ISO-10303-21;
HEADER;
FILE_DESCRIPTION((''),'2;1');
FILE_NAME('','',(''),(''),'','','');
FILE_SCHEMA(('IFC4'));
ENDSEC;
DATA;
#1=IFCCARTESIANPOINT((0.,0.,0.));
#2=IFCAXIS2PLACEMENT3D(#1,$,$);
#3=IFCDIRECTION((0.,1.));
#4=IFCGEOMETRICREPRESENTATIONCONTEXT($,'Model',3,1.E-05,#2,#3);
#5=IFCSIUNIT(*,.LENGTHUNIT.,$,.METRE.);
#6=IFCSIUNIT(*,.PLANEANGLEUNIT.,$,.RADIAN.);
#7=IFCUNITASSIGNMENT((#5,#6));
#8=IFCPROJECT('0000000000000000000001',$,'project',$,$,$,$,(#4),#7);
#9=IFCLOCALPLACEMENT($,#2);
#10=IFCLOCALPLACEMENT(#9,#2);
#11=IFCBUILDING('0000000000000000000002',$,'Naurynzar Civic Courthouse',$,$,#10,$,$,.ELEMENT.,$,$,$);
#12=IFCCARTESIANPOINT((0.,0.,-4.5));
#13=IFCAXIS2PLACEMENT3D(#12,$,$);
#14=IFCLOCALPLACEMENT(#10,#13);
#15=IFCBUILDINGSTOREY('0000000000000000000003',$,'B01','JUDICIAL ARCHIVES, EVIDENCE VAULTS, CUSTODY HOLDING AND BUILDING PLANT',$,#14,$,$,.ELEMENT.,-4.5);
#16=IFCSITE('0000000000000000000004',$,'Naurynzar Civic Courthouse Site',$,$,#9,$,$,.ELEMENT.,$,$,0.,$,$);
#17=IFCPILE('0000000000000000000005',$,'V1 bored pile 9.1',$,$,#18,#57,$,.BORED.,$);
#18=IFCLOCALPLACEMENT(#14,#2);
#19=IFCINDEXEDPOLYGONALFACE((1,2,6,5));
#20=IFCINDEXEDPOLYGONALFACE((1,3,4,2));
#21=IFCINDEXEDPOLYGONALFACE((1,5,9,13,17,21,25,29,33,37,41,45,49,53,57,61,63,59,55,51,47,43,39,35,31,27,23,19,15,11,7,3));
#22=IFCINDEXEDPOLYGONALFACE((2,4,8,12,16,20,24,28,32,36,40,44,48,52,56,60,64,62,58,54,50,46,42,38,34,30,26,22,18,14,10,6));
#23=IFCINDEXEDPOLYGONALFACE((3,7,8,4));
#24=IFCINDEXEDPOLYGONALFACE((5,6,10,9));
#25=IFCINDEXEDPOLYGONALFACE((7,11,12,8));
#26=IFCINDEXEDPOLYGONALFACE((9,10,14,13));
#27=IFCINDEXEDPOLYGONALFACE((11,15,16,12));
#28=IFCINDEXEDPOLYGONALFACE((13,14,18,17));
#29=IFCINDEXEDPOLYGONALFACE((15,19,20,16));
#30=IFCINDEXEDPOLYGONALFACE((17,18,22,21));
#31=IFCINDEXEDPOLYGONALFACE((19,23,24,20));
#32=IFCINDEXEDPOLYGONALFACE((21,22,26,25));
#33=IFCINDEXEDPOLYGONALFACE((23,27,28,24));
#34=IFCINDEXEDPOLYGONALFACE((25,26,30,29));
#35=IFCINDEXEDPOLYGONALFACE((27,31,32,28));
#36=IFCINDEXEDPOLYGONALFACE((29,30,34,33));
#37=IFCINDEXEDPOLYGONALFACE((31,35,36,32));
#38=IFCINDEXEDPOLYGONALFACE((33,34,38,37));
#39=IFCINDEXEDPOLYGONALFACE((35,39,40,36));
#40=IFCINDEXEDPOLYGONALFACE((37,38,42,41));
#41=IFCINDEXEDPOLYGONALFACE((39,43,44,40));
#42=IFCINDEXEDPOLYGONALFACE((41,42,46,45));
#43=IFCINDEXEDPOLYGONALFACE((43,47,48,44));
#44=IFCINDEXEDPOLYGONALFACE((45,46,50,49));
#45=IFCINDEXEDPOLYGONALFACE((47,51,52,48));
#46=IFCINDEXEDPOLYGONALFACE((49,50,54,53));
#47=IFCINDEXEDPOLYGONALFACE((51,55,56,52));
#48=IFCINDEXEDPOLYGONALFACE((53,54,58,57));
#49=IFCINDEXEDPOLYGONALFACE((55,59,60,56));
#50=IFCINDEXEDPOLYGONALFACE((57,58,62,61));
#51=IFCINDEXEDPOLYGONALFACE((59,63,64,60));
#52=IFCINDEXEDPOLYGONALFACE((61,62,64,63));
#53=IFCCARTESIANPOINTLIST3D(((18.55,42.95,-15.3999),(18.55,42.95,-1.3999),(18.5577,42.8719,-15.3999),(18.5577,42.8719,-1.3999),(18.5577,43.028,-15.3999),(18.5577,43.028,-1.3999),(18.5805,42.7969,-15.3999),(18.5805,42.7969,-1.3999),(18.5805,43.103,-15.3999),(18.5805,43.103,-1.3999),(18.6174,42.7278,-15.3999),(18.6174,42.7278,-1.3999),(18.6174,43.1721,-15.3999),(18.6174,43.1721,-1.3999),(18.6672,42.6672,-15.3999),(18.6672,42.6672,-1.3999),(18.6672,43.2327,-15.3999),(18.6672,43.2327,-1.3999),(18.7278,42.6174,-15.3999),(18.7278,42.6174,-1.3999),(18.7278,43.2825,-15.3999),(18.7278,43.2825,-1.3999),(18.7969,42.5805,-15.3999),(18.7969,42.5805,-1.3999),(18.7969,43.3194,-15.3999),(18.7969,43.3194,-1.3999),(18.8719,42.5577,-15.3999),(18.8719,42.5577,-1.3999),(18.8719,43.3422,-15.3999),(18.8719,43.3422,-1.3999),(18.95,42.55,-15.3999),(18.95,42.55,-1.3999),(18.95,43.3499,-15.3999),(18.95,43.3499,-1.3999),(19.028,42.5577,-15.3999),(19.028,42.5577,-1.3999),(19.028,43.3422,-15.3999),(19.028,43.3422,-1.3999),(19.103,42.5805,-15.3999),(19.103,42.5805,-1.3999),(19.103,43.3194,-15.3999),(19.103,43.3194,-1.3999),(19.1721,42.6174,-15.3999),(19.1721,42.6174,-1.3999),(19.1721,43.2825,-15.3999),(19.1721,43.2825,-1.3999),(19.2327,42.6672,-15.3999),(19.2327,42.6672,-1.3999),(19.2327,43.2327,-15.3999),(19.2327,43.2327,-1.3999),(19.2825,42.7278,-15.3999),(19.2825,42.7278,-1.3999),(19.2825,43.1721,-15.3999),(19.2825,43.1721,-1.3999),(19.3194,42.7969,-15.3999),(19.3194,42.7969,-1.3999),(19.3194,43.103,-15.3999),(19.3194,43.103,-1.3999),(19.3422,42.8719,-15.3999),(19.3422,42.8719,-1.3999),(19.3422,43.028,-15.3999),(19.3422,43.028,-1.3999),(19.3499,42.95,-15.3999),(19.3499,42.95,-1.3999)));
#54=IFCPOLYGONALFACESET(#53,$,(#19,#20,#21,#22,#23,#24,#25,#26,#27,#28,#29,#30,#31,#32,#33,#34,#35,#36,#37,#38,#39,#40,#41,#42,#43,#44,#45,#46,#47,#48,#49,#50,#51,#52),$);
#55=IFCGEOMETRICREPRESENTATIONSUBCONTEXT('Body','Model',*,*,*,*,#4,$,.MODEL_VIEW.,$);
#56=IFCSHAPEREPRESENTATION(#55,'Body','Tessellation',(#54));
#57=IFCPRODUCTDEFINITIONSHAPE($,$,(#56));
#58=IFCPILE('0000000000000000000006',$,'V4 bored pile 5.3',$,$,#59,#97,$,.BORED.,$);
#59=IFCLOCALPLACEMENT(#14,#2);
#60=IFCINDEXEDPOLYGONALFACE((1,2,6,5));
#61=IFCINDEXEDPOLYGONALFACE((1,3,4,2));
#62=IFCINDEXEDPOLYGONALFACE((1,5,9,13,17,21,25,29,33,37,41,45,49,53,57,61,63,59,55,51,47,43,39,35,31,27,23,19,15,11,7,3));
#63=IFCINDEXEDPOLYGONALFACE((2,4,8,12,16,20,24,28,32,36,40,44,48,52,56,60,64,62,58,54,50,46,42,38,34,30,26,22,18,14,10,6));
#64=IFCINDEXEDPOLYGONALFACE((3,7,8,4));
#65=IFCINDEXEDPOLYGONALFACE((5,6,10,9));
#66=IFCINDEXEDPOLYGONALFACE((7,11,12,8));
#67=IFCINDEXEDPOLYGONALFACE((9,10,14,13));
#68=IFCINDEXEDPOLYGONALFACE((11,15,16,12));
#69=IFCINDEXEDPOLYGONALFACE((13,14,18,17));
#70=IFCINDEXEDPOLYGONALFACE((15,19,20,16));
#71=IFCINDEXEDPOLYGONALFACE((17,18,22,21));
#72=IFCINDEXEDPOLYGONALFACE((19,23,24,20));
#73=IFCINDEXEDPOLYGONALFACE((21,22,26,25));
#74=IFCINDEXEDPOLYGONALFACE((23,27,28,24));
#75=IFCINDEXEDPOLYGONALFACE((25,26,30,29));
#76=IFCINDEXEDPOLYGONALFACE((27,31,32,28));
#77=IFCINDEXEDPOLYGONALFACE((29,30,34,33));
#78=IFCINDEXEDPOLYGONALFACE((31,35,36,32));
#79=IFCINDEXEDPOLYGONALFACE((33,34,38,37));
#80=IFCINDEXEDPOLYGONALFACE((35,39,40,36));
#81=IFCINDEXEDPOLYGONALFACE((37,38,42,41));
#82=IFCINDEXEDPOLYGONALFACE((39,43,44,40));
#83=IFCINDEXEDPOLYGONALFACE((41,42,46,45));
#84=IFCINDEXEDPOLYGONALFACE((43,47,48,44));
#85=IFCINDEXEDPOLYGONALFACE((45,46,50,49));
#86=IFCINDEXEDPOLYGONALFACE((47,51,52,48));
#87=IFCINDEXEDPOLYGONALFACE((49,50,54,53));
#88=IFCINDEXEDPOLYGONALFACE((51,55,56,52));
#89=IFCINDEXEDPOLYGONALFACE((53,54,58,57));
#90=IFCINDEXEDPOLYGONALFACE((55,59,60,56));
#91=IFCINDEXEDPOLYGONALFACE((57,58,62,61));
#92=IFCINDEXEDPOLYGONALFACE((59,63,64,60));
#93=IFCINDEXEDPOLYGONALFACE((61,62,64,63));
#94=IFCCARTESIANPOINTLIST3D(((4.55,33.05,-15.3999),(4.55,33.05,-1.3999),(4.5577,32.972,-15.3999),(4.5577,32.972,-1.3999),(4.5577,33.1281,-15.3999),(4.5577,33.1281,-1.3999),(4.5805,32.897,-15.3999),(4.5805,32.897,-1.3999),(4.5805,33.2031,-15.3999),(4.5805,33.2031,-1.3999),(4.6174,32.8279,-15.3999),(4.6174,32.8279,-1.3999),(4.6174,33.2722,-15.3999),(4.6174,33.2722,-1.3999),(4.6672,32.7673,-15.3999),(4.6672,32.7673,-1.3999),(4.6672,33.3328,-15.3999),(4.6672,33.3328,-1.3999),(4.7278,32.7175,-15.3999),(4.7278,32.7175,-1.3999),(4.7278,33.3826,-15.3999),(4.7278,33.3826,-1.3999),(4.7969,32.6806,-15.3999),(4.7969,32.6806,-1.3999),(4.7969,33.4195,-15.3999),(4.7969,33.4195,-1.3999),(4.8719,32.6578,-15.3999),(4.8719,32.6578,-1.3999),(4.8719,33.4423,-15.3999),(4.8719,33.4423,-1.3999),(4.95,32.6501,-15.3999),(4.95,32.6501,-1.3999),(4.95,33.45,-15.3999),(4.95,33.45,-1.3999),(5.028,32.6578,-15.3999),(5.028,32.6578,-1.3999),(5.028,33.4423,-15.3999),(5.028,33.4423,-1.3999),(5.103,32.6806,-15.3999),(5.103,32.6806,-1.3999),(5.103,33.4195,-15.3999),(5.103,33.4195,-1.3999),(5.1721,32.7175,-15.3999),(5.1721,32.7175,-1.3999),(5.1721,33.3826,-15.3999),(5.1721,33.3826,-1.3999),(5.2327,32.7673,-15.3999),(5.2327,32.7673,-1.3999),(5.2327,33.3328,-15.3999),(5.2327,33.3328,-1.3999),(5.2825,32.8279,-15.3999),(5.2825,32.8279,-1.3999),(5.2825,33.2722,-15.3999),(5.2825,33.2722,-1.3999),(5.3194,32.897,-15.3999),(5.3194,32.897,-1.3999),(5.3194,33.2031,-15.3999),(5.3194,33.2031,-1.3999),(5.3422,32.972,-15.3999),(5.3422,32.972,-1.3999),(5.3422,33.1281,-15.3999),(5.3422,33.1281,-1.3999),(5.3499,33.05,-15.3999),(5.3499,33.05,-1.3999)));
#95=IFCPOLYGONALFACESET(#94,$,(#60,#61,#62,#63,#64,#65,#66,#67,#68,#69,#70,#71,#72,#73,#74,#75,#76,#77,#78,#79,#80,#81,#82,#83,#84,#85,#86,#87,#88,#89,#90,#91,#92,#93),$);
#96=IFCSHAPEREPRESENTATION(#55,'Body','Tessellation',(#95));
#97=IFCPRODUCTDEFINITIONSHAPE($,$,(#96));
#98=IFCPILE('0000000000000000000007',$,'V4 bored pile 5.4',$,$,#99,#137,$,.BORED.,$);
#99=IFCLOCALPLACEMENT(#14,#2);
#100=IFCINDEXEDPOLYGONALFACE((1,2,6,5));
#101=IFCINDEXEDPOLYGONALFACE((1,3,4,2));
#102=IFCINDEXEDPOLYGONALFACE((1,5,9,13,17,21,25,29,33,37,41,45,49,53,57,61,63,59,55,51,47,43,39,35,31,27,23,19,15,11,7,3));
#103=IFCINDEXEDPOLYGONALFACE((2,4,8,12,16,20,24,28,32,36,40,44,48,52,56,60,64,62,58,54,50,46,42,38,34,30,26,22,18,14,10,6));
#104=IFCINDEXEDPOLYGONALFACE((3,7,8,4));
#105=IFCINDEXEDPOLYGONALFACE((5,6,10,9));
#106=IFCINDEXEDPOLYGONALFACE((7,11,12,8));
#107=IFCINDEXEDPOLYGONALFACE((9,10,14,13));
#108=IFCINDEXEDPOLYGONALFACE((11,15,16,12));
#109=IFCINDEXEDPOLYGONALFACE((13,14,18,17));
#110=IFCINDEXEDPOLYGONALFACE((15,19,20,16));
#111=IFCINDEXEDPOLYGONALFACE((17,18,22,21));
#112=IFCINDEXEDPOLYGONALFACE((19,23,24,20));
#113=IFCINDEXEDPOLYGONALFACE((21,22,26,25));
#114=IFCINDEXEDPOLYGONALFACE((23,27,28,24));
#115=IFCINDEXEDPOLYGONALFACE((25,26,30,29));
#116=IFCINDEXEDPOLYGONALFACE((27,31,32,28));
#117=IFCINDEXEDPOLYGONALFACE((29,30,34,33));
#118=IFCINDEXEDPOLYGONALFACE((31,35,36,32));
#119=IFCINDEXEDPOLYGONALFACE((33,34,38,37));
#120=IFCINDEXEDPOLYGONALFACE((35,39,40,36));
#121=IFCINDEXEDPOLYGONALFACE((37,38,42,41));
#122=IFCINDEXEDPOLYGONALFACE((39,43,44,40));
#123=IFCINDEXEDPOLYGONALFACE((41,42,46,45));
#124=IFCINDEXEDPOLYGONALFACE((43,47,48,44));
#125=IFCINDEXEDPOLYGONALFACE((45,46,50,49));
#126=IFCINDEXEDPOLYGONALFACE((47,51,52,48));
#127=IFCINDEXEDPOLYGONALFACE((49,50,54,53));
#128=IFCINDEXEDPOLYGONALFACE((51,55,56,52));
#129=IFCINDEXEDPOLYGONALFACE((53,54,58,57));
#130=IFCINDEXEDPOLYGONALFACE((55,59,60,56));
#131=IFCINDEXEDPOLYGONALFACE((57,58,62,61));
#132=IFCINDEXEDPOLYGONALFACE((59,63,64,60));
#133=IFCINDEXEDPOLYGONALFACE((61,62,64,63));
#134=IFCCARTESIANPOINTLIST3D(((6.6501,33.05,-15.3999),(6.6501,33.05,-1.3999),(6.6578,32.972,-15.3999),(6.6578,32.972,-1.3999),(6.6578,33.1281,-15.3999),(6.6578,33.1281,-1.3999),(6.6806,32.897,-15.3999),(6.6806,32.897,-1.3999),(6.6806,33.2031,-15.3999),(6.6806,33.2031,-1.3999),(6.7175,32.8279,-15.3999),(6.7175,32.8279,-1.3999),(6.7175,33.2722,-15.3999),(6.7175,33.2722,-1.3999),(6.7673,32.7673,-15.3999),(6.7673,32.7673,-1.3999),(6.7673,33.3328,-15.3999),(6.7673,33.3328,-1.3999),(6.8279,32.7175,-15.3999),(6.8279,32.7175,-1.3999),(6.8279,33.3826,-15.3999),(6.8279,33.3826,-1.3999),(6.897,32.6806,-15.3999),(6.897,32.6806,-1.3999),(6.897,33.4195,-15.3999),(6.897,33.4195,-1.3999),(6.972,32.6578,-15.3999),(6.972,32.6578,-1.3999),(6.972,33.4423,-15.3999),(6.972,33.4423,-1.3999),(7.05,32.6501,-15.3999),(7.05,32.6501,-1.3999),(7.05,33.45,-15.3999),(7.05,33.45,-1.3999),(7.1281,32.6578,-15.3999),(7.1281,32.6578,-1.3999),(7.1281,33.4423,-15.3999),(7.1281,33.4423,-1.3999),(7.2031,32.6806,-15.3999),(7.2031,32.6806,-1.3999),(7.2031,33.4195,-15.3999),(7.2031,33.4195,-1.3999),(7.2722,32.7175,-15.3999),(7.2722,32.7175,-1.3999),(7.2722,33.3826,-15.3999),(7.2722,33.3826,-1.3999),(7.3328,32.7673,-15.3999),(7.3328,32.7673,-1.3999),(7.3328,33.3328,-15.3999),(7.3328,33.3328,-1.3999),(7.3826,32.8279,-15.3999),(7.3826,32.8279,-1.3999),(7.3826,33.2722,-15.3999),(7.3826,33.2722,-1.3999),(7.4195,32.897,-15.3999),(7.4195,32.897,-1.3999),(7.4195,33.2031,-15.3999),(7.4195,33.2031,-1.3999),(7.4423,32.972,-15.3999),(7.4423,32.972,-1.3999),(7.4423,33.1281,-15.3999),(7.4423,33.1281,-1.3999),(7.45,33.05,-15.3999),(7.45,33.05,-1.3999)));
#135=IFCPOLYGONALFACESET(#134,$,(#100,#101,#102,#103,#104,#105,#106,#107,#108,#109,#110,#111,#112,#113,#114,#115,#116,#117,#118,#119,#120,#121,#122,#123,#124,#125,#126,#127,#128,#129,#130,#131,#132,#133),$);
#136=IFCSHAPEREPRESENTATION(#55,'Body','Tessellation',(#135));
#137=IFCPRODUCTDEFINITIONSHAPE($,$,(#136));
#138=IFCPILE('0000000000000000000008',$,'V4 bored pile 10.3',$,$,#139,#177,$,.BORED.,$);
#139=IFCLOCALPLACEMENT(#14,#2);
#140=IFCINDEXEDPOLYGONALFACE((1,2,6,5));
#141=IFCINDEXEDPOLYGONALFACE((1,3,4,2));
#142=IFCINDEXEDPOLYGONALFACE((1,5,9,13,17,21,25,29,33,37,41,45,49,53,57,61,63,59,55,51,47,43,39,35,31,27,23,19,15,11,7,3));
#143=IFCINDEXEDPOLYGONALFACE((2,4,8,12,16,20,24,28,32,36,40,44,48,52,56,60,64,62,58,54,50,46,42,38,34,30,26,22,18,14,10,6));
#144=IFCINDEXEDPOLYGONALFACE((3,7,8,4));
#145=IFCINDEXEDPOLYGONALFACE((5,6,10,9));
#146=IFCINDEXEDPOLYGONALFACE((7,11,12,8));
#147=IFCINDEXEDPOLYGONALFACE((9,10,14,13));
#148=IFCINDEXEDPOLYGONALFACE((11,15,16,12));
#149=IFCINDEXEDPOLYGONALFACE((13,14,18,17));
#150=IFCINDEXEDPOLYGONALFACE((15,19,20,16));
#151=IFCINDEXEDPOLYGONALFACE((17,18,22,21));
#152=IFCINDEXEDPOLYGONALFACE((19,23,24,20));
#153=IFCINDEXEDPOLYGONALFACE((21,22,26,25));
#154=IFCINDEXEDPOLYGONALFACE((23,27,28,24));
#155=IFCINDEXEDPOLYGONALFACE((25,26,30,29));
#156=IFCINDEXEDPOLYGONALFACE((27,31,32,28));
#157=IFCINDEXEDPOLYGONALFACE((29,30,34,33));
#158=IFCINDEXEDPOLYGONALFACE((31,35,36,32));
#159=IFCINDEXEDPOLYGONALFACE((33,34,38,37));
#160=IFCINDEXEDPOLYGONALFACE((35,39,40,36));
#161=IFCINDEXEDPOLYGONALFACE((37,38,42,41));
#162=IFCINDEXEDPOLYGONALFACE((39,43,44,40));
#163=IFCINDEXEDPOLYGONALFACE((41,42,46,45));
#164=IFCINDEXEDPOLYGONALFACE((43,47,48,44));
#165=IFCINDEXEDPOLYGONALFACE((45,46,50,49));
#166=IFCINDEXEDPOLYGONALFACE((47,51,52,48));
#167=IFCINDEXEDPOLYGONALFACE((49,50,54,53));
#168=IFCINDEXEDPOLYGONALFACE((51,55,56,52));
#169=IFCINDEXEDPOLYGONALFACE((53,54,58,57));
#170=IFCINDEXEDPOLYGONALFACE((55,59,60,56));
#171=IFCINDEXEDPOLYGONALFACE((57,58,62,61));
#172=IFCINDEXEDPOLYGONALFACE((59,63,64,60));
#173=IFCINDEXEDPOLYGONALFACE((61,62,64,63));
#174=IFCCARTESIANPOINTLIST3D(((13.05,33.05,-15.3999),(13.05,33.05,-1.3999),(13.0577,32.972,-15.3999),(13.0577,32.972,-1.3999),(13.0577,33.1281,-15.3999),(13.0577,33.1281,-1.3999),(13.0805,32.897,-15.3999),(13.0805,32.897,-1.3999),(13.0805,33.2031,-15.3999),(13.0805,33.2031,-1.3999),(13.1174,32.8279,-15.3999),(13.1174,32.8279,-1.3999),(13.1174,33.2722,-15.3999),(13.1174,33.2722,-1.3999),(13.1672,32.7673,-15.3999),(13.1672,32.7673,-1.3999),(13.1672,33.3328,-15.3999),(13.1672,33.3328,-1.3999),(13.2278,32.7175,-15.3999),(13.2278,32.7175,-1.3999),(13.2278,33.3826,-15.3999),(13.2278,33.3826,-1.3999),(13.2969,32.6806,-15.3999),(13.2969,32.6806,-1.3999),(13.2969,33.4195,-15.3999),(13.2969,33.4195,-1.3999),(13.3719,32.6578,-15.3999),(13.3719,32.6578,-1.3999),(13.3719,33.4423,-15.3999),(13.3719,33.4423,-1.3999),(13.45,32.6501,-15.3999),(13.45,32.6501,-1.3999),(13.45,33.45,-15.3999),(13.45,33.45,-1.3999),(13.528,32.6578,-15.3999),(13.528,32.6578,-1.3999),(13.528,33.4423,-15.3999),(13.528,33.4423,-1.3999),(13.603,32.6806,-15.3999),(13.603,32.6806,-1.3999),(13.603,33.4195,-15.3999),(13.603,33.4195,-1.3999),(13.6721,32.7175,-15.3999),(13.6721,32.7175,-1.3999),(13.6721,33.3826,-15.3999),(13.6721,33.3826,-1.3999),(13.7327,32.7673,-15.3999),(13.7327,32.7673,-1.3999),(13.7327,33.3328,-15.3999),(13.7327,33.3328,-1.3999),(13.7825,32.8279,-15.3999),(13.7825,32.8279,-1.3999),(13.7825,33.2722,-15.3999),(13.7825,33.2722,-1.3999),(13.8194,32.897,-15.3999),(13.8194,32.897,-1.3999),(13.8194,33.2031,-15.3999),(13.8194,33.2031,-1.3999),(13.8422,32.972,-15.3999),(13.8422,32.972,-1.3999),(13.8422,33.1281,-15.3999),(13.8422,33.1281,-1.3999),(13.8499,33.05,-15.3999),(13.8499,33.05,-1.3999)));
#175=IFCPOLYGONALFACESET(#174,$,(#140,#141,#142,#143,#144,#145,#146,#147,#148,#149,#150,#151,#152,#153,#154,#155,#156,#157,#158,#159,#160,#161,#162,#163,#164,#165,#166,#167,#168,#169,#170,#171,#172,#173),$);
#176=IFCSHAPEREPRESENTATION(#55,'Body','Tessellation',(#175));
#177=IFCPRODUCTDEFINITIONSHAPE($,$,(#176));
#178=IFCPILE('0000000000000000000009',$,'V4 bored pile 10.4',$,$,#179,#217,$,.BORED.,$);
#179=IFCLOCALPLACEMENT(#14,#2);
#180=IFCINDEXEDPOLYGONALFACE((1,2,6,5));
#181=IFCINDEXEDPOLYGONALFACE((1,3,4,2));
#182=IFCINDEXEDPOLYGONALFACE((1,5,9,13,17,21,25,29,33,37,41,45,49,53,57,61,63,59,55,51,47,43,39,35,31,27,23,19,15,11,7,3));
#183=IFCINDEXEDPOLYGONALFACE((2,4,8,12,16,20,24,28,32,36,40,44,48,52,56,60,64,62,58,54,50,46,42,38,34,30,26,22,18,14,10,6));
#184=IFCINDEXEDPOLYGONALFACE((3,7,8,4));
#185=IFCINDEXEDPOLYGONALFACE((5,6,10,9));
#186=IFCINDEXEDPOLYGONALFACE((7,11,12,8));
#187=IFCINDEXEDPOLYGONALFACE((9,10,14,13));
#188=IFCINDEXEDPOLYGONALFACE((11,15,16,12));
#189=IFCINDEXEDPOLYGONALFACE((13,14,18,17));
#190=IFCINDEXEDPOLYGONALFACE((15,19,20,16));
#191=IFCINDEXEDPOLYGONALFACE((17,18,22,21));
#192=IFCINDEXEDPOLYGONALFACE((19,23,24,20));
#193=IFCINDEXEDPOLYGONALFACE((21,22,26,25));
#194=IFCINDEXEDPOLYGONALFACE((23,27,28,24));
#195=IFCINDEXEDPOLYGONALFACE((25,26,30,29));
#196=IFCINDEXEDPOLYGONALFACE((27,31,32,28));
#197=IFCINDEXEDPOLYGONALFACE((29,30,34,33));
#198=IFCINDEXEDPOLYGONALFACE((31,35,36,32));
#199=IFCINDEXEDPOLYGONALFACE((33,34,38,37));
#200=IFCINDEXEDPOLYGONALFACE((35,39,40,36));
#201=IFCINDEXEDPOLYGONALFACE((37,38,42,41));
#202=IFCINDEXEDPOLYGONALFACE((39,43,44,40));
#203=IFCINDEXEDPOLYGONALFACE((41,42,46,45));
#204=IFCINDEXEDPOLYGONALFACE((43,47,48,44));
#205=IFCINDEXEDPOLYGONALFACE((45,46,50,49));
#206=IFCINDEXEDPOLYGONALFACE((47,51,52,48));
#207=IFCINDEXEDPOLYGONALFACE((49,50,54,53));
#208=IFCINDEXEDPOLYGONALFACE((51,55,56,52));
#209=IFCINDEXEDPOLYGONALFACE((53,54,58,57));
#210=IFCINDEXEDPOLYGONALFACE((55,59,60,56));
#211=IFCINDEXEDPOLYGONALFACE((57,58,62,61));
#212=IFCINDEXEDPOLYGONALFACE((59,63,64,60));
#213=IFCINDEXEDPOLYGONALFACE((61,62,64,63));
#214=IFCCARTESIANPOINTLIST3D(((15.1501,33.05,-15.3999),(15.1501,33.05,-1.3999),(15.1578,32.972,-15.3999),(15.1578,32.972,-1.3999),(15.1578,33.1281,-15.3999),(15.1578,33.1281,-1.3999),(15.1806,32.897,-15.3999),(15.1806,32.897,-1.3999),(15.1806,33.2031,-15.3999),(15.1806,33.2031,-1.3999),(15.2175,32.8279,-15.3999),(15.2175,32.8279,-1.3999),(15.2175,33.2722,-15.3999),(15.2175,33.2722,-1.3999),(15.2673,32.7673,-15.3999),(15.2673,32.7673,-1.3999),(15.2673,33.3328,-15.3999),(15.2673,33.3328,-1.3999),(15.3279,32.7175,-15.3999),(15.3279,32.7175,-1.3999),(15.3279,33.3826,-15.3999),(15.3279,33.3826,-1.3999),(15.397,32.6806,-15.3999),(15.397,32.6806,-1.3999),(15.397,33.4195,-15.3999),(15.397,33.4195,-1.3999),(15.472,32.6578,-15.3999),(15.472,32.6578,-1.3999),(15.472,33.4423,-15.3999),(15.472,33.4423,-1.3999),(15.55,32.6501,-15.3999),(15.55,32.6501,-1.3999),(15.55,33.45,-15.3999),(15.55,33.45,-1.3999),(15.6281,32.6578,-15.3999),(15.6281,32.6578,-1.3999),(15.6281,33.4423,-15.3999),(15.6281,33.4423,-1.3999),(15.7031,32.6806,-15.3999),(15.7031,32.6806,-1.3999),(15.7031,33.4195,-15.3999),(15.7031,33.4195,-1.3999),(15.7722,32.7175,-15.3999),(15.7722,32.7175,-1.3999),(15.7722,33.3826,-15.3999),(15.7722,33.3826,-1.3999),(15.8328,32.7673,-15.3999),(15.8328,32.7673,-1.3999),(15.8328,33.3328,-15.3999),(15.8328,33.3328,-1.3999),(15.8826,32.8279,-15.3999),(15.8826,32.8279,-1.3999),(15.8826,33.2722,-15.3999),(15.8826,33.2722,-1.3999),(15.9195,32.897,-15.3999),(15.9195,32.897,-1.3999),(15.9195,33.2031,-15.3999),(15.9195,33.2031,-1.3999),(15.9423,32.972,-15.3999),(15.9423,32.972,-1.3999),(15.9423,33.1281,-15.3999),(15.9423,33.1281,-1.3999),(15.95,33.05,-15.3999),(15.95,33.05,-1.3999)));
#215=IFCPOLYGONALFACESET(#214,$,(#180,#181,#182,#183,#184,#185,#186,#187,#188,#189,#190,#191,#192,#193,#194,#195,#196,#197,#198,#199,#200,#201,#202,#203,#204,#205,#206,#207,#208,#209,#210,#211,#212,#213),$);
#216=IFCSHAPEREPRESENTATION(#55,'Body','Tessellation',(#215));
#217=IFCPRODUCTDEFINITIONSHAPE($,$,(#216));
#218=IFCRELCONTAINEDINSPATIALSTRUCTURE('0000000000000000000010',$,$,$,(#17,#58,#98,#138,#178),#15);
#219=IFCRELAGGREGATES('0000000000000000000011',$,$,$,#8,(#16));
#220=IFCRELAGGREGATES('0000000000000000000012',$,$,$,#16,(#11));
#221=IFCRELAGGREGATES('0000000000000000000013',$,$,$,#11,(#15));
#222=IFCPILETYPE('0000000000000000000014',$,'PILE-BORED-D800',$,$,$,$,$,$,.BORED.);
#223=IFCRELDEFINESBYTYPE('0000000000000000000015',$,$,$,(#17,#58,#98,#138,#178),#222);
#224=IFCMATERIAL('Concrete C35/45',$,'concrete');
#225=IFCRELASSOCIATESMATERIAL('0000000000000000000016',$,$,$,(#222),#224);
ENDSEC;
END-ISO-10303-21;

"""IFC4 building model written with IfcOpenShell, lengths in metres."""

from ifc_helpers import new_model, si_unit, direction, frame, origin, origin_2d, place, context, subcontext, project, spatial, circle, extrude, material, material_profile, profile_set, type_object, element, save


model = new_model("IFC4")

# Units and contexts
model_context = context("Model", 3, precision=1e-05, world=origin(), true_north=direction((0.0, 1.0)))
body_context = subcontext(model_context, "Body", "Model", "MODEL_VIEW")
ifc_project = project(units=[si_unit("LENGTHUNIT", "METRE"), si_unit("PLANEANGLEUNIT", "RADIAN")], contexts=[model_context])

# Site, building, storey
site_placement = place(None, origin())
site = spatial("IfcSite", under=ifc_project, at=site_placement, Name="Naurynzar Civic Courthouse Site", CompositionType="ELEMENT", RefElevation=0.0)
building_placement = place(site_placement, origin())
building = spatial("IfcBuilding", under=site, at=building_placement, Name="Naurynzar Civic Courthouse", CompositionType="ELEMENT")
storey_placement = place(building_placement, frame((0.0, 0.0, -4.5)))
storey = spatial("IfcBuildingStorey", under=building, at=storey_placement, Name="B01", Description="JUDICIAL ARCHIVES, EVIDENCE VAULTS, CUSTODY HOLDING AND BUILDING PLANT", CompositionType="ELEMENT", Elevation=-4.5)

# Piles
ifc_material_1 = material(Name="Concrete C35/45", Category="concrete")
ifc_material_profile_1 = material_profile(ifc_material_1, circle(Radius=0.3999, at=origin_2d()), Name="PILE D800")
ifc_profile_set_1 = profile_set([ifc_material_profile_1], Name="Concrete C35/45")
pile_type = type_object("IfcPileType", Name="PILE-BORED-D800", PredefinedType="BORED", material=ifc_profile_set_1)
for number, where, z_axis, x_axis, name in (
    (1, (18.95, 42.95, -1.3999), (0.0, 0.0, -1.0), (1.0, 0.0, 0.0), "V1 bored pile 9.1"),
    (2, (4.95, 33.05, -1.3999), (0.0, 0.0, -1.0), (1.0, 0.0, 0.0), "V4 bored pile 5.3"),
    (3, (7.05, 33.05, -1.3999), (0.0, 0.0, -1.0), (1.0, 0.0, 0.0), "V4 bored pile 5.4"),
    (4, (13.45, 33.05, -1.3999), (0.0, 0.0, -1.0), (1.0, 0.0, 0.0), "V4 bored pile 10.3"),
    (5, (15.55, 33.05, -1.3999), (0.0, 0.0, -1.0), (1.0, 0.0, 0.0), "V4 bored pile 10.4"),
):
    element("IfcPile", number, at=place(storey_placement, frame(where, z_axis=z_axis, x_axis=x_axis)), inside=storey, type_object=pile_type, Name=name, PredefinedType="BORED", context=body_context, shape_type="SweptSolid", body=[
        extrude(circle(Radius=0.3999, at=origin_2d()), origin(), (0.0, 0.0, 1.0), 14.0),
    ])

save(model, "model.ifc")
